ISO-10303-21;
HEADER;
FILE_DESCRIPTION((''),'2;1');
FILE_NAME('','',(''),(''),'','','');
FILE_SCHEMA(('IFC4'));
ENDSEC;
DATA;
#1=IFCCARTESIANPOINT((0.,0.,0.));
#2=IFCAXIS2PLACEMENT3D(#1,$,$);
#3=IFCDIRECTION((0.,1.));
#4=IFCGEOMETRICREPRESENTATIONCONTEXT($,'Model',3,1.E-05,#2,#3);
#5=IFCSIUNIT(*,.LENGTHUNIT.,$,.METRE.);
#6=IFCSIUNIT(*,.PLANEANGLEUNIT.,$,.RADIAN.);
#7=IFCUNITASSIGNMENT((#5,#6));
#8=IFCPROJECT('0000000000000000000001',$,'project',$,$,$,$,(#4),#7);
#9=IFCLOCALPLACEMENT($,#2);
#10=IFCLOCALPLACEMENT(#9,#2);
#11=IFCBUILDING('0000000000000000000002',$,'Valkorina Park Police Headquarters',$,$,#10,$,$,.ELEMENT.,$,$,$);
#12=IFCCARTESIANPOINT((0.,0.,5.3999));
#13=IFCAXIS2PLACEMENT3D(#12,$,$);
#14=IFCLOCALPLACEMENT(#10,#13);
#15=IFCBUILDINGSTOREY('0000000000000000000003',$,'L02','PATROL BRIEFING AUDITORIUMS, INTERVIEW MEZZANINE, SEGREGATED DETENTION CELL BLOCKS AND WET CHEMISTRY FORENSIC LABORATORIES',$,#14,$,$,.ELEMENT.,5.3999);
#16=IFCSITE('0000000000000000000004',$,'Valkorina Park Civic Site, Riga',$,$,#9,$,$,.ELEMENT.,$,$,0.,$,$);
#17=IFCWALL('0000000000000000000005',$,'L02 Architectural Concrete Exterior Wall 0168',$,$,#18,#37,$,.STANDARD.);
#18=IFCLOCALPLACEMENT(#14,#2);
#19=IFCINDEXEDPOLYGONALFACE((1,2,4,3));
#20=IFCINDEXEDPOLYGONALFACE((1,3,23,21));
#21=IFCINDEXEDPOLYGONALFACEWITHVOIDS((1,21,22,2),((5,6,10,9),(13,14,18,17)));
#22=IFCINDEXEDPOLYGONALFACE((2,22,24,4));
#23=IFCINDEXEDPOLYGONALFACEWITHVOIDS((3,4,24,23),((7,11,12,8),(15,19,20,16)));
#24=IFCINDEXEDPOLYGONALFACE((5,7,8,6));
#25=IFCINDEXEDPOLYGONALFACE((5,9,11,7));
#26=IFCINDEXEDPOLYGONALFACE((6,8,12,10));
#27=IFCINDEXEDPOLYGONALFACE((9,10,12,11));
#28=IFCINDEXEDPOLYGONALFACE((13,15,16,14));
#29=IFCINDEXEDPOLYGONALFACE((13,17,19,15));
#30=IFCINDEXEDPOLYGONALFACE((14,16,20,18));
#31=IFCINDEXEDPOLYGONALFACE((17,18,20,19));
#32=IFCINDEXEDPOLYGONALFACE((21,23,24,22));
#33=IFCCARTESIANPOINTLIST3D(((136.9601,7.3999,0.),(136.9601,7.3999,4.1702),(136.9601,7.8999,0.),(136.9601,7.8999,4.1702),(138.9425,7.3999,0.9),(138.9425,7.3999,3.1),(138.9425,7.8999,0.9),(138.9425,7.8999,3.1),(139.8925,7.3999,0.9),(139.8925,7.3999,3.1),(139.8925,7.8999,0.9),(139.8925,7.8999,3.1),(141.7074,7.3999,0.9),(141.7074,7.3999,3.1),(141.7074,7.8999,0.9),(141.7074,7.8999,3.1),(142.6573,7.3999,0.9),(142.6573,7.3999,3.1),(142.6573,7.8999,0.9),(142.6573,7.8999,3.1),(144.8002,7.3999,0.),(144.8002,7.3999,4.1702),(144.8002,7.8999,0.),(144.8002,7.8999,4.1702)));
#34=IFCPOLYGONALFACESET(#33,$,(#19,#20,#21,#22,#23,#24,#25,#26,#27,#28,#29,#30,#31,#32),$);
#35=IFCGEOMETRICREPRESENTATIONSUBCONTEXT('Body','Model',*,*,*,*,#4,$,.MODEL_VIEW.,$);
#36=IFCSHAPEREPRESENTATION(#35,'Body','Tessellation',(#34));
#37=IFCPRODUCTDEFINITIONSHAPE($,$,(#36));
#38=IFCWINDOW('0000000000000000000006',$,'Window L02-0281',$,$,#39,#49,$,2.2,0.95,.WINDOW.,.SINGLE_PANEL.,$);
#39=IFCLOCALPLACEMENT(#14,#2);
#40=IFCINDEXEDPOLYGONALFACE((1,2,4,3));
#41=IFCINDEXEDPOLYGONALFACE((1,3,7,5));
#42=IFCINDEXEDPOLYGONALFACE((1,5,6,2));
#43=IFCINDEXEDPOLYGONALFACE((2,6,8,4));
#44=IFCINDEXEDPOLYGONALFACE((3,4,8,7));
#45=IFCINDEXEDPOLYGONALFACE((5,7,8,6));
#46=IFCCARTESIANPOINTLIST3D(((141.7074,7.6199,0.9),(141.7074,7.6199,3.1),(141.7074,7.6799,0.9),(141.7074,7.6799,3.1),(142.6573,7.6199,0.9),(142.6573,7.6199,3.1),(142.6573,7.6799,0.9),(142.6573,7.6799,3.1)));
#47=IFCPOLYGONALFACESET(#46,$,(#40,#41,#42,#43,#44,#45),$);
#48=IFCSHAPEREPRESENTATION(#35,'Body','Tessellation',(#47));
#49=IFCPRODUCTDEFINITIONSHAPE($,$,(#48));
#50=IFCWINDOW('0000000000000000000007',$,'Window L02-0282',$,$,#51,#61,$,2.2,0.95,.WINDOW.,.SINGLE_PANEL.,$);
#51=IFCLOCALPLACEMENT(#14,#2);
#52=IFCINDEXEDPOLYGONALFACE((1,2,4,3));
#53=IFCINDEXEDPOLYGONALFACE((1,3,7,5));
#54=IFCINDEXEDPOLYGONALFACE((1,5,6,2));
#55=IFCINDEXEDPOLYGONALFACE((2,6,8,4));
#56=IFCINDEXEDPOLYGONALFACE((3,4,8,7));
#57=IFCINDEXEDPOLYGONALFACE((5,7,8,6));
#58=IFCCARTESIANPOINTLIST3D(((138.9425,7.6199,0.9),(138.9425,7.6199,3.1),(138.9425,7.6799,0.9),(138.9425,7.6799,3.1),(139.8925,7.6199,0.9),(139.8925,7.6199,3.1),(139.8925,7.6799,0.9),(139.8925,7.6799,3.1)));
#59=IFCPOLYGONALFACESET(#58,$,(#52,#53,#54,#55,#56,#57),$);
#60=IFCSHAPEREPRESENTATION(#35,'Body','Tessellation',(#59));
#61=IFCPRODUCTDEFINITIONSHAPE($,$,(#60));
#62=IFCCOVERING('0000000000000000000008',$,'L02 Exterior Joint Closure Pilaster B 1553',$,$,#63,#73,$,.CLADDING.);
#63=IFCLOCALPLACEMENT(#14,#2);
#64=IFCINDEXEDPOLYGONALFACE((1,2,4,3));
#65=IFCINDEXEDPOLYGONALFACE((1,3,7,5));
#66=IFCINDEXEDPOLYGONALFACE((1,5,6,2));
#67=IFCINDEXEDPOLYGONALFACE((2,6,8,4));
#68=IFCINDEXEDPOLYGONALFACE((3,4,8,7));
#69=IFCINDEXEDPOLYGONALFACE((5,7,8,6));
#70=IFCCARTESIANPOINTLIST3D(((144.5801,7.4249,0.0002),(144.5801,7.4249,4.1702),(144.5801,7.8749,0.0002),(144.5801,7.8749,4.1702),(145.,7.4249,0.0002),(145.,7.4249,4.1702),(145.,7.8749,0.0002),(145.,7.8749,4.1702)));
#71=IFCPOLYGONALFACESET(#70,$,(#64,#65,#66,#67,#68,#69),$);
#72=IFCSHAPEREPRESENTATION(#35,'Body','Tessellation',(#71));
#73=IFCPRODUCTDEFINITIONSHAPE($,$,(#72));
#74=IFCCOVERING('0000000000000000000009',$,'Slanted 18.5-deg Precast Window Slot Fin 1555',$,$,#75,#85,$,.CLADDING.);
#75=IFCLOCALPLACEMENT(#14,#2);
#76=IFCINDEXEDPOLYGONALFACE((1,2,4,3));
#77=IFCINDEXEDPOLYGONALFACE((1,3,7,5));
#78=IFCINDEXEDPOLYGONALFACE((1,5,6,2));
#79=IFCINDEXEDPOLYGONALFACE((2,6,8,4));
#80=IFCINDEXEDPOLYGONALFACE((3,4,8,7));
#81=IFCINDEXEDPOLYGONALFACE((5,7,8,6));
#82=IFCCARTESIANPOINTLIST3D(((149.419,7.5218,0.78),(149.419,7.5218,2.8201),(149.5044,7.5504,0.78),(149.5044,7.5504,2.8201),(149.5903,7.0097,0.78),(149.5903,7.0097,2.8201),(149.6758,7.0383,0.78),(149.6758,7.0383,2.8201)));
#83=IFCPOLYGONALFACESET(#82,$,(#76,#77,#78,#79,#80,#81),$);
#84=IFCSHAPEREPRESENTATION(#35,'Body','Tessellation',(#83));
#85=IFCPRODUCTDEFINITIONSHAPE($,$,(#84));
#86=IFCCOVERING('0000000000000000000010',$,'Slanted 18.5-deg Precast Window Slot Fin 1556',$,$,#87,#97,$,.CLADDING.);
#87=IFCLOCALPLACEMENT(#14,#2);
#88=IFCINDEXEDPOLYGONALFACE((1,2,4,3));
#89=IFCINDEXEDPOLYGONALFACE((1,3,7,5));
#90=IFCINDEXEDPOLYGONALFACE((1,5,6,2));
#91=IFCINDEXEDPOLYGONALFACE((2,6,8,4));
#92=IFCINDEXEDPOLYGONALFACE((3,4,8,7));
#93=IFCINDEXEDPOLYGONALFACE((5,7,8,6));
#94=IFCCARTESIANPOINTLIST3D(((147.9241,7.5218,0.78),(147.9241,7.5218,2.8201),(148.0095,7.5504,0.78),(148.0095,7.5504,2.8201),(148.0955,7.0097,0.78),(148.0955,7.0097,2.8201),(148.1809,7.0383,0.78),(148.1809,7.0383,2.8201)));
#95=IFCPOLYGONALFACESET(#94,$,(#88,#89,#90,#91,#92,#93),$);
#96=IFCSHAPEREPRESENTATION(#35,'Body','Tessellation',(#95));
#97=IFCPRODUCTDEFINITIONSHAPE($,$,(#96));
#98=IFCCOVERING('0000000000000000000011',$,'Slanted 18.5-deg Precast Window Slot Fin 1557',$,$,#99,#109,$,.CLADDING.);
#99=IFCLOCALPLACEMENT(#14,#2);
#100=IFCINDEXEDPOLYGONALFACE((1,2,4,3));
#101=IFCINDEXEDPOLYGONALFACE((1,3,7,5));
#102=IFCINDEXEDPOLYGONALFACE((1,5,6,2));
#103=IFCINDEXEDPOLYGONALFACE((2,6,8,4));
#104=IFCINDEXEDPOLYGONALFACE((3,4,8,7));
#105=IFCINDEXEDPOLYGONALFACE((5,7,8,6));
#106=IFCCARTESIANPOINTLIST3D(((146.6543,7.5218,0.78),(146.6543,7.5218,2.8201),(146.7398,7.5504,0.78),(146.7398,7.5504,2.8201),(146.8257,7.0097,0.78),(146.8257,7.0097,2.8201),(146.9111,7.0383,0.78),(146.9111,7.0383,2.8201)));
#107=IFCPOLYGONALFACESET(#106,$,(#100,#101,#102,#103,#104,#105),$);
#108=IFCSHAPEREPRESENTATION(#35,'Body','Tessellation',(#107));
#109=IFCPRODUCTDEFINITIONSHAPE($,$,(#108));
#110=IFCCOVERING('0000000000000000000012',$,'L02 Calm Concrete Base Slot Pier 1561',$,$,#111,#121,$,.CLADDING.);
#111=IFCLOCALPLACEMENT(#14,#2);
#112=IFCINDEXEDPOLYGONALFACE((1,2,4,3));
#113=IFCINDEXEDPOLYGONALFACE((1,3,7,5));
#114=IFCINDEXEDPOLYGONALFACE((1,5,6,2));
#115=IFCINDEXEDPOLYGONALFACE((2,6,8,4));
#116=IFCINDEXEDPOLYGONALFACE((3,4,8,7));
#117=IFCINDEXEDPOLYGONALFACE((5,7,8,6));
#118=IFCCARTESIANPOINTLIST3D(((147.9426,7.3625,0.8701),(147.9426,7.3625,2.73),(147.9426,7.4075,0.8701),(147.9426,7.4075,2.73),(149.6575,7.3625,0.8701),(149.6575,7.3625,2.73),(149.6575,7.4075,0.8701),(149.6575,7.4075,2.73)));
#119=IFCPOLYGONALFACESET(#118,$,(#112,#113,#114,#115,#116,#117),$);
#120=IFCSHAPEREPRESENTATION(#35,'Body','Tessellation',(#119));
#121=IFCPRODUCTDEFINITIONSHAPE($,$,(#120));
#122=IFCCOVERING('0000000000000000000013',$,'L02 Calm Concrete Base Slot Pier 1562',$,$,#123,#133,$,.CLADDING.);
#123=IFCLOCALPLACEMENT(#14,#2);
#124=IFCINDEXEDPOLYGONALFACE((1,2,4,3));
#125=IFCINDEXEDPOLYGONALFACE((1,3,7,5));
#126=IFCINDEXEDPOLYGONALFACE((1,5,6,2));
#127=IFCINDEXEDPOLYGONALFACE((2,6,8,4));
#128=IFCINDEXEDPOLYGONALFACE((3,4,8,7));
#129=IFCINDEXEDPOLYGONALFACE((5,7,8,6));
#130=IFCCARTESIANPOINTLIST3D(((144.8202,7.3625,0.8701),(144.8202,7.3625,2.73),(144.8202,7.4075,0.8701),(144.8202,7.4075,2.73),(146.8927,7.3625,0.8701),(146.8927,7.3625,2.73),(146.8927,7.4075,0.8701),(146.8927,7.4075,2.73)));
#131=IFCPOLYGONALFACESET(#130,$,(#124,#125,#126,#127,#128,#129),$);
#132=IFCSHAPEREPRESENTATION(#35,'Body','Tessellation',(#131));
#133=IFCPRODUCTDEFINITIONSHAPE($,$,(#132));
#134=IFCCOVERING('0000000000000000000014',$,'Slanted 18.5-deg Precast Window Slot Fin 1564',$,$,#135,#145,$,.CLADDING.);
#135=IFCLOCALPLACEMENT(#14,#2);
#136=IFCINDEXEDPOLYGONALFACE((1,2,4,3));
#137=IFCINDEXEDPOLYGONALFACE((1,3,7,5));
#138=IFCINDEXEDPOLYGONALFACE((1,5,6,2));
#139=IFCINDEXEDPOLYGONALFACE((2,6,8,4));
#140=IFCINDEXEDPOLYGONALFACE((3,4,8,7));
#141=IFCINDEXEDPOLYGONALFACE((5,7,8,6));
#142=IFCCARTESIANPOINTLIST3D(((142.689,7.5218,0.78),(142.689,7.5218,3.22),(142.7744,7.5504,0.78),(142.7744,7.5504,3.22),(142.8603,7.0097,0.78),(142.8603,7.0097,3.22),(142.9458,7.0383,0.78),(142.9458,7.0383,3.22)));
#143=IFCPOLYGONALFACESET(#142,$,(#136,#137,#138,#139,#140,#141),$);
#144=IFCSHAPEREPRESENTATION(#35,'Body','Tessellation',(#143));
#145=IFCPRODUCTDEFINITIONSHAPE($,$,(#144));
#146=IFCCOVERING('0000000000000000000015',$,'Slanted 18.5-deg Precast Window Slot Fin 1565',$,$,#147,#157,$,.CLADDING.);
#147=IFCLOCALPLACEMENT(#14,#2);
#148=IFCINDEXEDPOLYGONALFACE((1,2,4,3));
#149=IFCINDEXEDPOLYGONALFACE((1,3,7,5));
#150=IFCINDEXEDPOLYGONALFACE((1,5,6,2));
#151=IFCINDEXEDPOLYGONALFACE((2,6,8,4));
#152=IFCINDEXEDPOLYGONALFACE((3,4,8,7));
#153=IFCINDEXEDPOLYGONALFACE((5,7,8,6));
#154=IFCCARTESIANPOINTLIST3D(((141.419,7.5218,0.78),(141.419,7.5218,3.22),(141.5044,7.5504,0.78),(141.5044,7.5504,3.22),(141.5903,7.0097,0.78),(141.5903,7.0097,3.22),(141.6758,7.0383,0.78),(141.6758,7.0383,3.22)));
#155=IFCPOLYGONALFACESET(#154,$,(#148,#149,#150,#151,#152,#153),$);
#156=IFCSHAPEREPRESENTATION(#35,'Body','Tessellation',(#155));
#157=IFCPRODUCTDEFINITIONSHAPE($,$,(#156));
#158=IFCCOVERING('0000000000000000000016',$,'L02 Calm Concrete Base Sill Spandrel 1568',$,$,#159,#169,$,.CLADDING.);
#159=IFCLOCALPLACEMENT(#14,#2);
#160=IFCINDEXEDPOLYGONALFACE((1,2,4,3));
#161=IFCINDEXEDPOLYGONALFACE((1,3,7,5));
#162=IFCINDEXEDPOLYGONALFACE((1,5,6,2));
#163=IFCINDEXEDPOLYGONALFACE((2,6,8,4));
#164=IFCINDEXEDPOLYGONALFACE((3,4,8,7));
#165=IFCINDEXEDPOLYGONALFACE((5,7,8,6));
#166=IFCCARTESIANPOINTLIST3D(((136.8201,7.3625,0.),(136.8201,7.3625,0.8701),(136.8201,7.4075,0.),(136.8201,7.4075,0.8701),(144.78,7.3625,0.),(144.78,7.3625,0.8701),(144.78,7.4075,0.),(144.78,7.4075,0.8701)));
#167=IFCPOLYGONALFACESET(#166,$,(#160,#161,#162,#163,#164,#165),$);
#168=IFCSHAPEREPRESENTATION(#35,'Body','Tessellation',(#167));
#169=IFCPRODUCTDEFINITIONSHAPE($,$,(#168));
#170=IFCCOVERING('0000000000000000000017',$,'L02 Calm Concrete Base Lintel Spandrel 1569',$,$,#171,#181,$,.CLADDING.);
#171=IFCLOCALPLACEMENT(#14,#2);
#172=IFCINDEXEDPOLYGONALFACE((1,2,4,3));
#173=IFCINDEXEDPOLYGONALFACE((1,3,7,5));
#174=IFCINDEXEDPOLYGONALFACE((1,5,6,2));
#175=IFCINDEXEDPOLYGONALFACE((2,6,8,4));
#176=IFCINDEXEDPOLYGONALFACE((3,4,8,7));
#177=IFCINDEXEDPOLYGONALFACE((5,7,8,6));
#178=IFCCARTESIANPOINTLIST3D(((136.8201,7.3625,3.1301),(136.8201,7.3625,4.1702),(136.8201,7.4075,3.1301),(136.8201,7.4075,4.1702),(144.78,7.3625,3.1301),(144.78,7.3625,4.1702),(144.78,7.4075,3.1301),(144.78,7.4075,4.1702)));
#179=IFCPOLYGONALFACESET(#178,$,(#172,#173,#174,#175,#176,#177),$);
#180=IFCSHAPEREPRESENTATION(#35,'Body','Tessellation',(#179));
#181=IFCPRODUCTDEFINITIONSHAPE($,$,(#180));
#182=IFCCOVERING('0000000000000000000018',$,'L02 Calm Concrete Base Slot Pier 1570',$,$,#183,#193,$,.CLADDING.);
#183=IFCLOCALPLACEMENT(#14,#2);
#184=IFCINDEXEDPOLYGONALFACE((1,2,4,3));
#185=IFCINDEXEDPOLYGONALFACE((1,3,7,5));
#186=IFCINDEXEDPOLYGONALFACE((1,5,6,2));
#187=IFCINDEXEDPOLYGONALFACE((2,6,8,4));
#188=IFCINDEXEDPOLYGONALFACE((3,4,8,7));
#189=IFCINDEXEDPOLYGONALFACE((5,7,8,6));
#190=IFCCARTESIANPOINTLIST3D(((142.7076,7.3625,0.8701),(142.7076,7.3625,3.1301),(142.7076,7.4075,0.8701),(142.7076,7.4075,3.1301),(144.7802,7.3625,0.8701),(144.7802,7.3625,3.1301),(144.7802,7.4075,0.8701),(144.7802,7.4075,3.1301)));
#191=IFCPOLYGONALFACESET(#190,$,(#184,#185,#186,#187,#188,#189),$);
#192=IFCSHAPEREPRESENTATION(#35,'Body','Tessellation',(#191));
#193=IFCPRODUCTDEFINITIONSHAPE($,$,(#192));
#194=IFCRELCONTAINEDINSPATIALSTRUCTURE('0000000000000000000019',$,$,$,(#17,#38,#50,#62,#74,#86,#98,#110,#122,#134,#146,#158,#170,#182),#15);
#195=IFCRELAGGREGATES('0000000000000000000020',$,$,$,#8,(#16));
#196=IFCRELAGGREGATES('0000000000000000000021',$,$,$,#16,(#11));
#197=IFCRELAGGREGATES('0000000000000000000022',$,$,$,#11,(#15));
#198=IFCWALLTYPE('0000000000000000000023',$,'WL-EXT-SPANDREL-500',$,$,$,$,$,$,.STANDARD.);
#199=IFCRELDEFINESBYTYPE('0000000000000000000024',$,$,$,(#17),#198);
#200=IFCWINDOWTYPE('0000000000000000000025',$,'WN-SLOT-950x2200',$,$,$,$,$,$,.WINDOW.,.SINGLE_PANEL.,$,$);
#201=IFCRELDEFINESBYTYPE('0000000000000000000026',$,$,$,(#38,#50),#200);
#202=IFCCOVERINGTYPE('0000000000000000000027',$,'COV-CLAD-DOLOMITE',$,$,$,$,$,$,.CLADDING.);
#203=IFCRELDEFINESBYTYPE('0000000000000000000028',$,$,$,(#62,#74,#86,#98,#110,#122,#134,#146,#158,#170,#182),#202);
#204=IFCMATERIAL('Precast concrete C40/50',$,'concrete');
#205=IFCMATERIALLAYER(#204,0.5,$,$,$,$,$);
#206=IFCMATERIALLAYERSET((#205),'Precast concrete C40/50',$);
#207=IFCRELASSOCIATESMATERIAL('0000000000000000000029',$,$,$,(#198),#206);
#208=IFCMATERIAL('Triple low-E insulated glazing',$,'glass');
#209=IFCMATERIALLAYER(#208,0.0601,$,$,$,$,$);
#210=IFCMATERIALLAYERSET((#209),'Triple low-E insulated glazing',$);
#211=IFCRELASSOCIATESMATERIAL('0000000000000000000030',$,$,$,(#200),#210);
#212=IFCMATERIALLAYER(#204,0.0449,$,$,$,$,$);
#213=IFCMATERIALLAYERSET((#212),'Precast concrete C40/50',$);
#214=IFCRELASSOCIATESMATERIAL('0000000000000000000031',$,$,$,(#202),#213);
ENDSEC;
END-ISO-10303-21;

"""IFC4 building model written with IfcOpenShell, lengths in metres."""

from ifc_helpers import new_model, si_unit, direction, frame, frame_2d, origin, origin_2d, place, context, subcontext, project, spatial, rectangle, extrude, material, layer, layer_set, type_object, element, fill, save


model = new_model("IFC4")

# Units and contexts
model_context = context("Model", 3, precision=1e-05, world=origin(), true_north=direction((0.0, 1.0)))
body_context = subcontext(model_context, "Body", "Model", "MODEL_VIEW")
ifc_project = project(units=[si_unit("LENGTHUNIT", "METRE"), si_unit("PLANEANGLEUNIT", "RADIAN")], contexts=[model_context])

# Site, building, storey
site_placement = place(None, origin())
site = spatial("IfcSite", under=ifc_project, at=site_placement, Name="Valkorina Park Civic Site, Riga", CompositionType="ELEMENT", RefElevation=0.0)
building_placement = place(site_placement, origin())
building = spatial("IfcBuilding", under=site, at=building_placement, Name="Valkorina Park Police Headquarters", CompositionType="ELEMENT")
storey_placement = place(building_placement, frame((0.0, 0.0, 5.3999)))
storey = spatial("IfcBuildingStorey", under=building, at=storey_placement, Name="L02", Description="PATROL BRIEFING AUDITORIUMS, INTERVIEW MEZZANINE, SEGREGATED DETENTION CELL BLOCKS AND WET CHEMISTRY FORENSIC LABORATORIES", CompositionType="ELEMENT", Elevation=5.3999)

# Wall, openings, windows
ifc_material_1 = material(Name="Precast concrete C40/50", Category="concrete")
ifc_layer_1 = layer(ifc_material_1, 0.5)
ifc_layer_set_1 = layer_set([ifc_layer_1], Name="Precast concrete C40/50")
wall_type = type_object("IfcWallType", Name="WL-EXT-SPANDREL-500", PredefinedType="STANDARD", material=ifc_layer_set_1)
wall_placement = place(storey_placement, frame((144.8, 7.6499, 0.0), z_axis=(0.0, 0.0, 1.0), x_axis=(-1.0, 0.0, 0.0)))
wall = element("IfcWall", 1, at=wall_placement, inside=storey, type_object=wall_type, Name="L02 Architectural Concrete Exterior Wall 0168", PredefinedType="STANDARD", context=body_context, shape_type="SweptSolid", body=[
    extrude(rectangle(XDim=7.8401, YDim=0.5, at=frame_2d((3.9199, 0.0))), origin(), (0.0, 0.0, 1.0), 4.1702),
])
opening_1_placement = place(wall_placement, frame((2.1426, 0.0, 0.8999)))
opening_1 = element("IfcOpeningElement", 2, at=opening_1_placement, cuts=wall, PredefinedType="OPENING", context=body_context, shape_type="SweptSolid", body=[
    extrude(rectangle(XDim=0.95, YDim=2.2, at=frame_2d((0.4751, 1.1001))), frame((0.0, 0.26, 0.0), z_axis=(0.0, -1.0, 0.0), x_axis=(1.0, 0.0, 0.0)), (0.0, 0.0, 1.0), 0.52),
])
opening_2_placement = place(wall_placement, frame((4.9075, 0.0, 0.8999)))
opening_2 = element("IfcOpeningElement", 3, at=opening_2_placement, cuts=wall, PredefinedType="OPENING", context=body_context, shape_type="SweptSolid", body=[
    extrude(rectangle(XDim=0.95, YDim=2.2, at=frame_2d((0.4751, 1.1001))), frame((0.0, 0.26, 0.0), z_axis=(0.0, -1.0, 0.0), x_axis=(1.0, 0.0, 0.0)), (0.0, 0.0, 1.0), 0.52),
])
ifc_material_2 = material(Name="Triple low-E insulated glazing", Category="glass")
ifc_layer_2 = layer(ifc_material_2, 0.0601)
ifc_layer_set_2 = layer_set([ifc_layer_2], Name="Triple low-E insulated glazing")
window_type = type_object("IfcWindowType", Name="WN-SLOT-950x2200", PartitioningType="SINGLE_PANEL", PredefinedType="WINDOW", material=ifc_layer_set_2)
window_1_placement = place(opening_1_placement, origin())
window_1 = element("IfcWindow", 4, at=window_1_placement, inside=storey, type_object=window_type, Name="Window L02-0281", OverallHeight=2.2, OverallWidth=0.95, PartitioningType="SINGLE_PANEL", PredefinedType="WINDOW", context=body_context, shape_type="SweptSolid", body=[
    extrude(rectangle(XDim=0.95, YDim=2.2, at=frame_2d((0.4751, 1.1001))), frame((0.0, 0.03, 0.0), z_axis=(0.0, -1.0, 0.0), x_axis=(1.0, 0.0, 0.0)), (0.0, 0.0, 1.0), 0.0601),
])
fill(opening_1, window_1)
window_2_placement = place(opening_2_placement, origin())
window_2 = element("IfcWindow", 5, at=window_2_placement, inside=storey, type_object=window_type, Name="Window L02-0282", OverallHeight=2.2, OverallWidth=0.95, PartitioningType="SINGLE_PANEL", PredefinedType="WINDOW", context=body_context, shape_type="SweptSolid", body=[
    extrude(rectangle(XDim=0.95, YDim=2.2, at=frame_2d((0.4751, 1.1001))), frame((0.0, 0.03, 0.0), z_axis=(0.0, -1.0, 0.0), x_axis=(1.0, 0.0, 0.0)), (0.0, 0.0, 1.0), 0.0601),
])
fill(opening_2, window_2)

# Coverings
ifc_layer_3 = layer(ifc_material_1, 0.0449)
ifc_layer_set_3 = layer_set([ifc_layer_3], Name="Precast concrete C40/50")
covering_type = type_object("IfcCoveringType", Name="COV-CLAD-DOLOMITE", PredefinedType="CLADDING", material=ifc_layer_set_3)
covering_1_placement = place(storey_placement, frame((144.79, 7.6499, 0.0002), z_axis=(0.0, 0.0, 1.0), x_axis=(1.0, 0.0, 0.0)))
element("IfcCovering", 6, at=covering_1_placement, inside=storey, type_object=covering_type, Name="L02 Exterior Joint Closure Pilaster B 1553", PredefinedType="CLADDING", context=body_context, shape_type="SweptSolid", body=[
    extrude(rectangle(XDim=0.4199, YDim=0.45, at=origin_2d()), origin(), (0.0, 0.0, 1.0), 4.1699),
])
for number, where, z_axis, x_axis, name in (
    (7, (149.5474, 7.28, 0.78), (0.0, 0.0, 1.0), (0.317305, -0.948324, 0.0), "Slanted 18.5-deg Precast Window Slot Fin 1555"),
    (8, (148.0525, 7.28, 0.78), (0.0, 0.0, 1.0), (0.317305, -0.948324, 0.0), "Slanted 18.5-deg Precast Window Slot Fin 1556"),
    (9, (146.7827, 7.28, 0.78), (0.0, 0.0, 1.0), (0.317305, -0.948324, 0.0), "Slanted 18.5-deg Precast Window Slot Fin 1557"),
):
    element("IfcCovering", number, at=place(storey_placement, frame(where, z_axis=z_axis, x_axis=x_axis)), inside=storey, type_object=covering_type, Name=name, PredefinedType="CLADDING", context=body_context, shape_type="SweptSolid", body=[
        extrude(rectangle(XDim=0.54, YDim=0.0901, at=origin_2d()), origin(), (0.0, 0.0, 1.0), 2.04),
    ])
covering_2_placement = place(storey_placement, frame((149.6575, 7.385, 0.8701), z_axis=(0.0, 0.0, 1.0), x_axis=(-1.0, 0.0, 0.0)))
element("IfcCovering", 10, at=covering_2_placement, inside=storey, type_object=covering_type, Name="L02 Calm Concrete Base Slot Pier 1561", PredefinedType="CLADDING", context=body_context, shape_type="SweptSolid", body=[
    extrude(rectangle(XDim=1.7148, YDim=0.0449, at=frame_2d((0.8574, 0.0))), origin(), (0.0, 0.0, 1.0), 1.8599),
])
covering_3_placement = place(storey_placement, frame((146.8926, 7.385, 0.8701), z_axis=(0.0, 0.0, 1.0), x_axis=(-1.0, 0.0, 0.0)))
element("IfcCovering", 11, at=covering_3_placement, inside=storey, type_object=covering_type, Name="L02 Calm Concrete Base Slot Pier 1562", PredefinedType="CLADDING", context=body_context, shape_type="SweptSolid", body=[
    extrude(rectangle(XDim=2.0725, YDim=0.0449, at=frame_2d((1.0361, 0.0))), origin(), (0.0, 0.0, 1.0), 1.8599),
])
for number, where, z_axis, x_axis, name in (
    (12, (142.8174, 7.28, 0.78), (0.0, 0.0, 1.0), (0.317305, -0.948324, 0.0), "Slanted 18.5-deg Precast Window Slot Fin 1564"),
    (13, (141.5474, 7.28, 0.78), (0.0, 0.0, 1.0), (0.317305, -0.948324, 0.0), "Slanted 18.5-deg Precast Window Slot Fin 1565"),
):
    element("IfcCovering", number, at=place(storey_placement, frame(where, z_axis=z_axis, x_axis=x_axis)), inside=storey, type_object=covering_type, Name=name, PredefinedType="CLADDING", context=body_context, shape_type="SweptSolid", body=[
        extrude(rectangle(XDim=0.54, YDim=0.0901, at=origin_2d()), origin(), (0.0, 0.0, 1.0), 2.4399),
    ])
covering_4_placement = place(storey_placement, frame((144.78, 7.385, 0.0), z_axis=(0.0, 0.0, 1.0), x_axis=(-1.0, 0.0, 0.0)))
element("IfcCovering", 14, at=covering_4_placement, inside=storey, type_object=covering_type, Name="L02 Calm Concrete Base Sill Spandrel 1568", PredefinedType="CLADDING", context=body_context, shape_type="SweptSolid", body=[
    extrude(rectangle(XDim=7.96, YDim=0.0449, at=frame_2d((3.98, 0.0))), origin(), (0.0, 0.0, 1.0), 0.8701),
])
covering_5_placement = place(storey_placement, frame((144.78, 7.385, 3.1301), z_axis=(0.0, 0.0, 1.0), x_axis=(-1.0, 0.0, 0.0)))
element("IfcCovering", 15, at=covering_5_placement, inside=storey, type_object=covering_type, Name="L02 Calm Concrete Base Lintel Spandrel 1569", PredefinedType="CLADDING", context=body_context, shape_type="SweptSolid", body=[
    extrude(rectangle(XDim=7.96, YDim=0.0449, at=frame_2d((3.98, 0.0))), origin(), (0.0, 0.0, 1.0), 1.04),
])
covering_6_placement = place(storey_placement, frame((144.78, 7.385, 0.8701), z_axis=(0.0, 0.0, 1.0), x_axis=(-1.0, 0.0, 0.0)))
element("IfcCovering", 16, at=covering_6_placement, inside=storey, type_object=covering_type, Name="L02 Calm Concrete Base Slot Pier 1570", PredefinedType="CLADDING", context=body_context, shape_type="SweptSolid", body=[
    extrude(rectangle(XDim=2.0725, YDim=0.0449, at=frame_2d((1.0361, 0.0))), origin(), (0.0, 0.0, 1.0), 2.26),
])

save(model, "model.ifc")
